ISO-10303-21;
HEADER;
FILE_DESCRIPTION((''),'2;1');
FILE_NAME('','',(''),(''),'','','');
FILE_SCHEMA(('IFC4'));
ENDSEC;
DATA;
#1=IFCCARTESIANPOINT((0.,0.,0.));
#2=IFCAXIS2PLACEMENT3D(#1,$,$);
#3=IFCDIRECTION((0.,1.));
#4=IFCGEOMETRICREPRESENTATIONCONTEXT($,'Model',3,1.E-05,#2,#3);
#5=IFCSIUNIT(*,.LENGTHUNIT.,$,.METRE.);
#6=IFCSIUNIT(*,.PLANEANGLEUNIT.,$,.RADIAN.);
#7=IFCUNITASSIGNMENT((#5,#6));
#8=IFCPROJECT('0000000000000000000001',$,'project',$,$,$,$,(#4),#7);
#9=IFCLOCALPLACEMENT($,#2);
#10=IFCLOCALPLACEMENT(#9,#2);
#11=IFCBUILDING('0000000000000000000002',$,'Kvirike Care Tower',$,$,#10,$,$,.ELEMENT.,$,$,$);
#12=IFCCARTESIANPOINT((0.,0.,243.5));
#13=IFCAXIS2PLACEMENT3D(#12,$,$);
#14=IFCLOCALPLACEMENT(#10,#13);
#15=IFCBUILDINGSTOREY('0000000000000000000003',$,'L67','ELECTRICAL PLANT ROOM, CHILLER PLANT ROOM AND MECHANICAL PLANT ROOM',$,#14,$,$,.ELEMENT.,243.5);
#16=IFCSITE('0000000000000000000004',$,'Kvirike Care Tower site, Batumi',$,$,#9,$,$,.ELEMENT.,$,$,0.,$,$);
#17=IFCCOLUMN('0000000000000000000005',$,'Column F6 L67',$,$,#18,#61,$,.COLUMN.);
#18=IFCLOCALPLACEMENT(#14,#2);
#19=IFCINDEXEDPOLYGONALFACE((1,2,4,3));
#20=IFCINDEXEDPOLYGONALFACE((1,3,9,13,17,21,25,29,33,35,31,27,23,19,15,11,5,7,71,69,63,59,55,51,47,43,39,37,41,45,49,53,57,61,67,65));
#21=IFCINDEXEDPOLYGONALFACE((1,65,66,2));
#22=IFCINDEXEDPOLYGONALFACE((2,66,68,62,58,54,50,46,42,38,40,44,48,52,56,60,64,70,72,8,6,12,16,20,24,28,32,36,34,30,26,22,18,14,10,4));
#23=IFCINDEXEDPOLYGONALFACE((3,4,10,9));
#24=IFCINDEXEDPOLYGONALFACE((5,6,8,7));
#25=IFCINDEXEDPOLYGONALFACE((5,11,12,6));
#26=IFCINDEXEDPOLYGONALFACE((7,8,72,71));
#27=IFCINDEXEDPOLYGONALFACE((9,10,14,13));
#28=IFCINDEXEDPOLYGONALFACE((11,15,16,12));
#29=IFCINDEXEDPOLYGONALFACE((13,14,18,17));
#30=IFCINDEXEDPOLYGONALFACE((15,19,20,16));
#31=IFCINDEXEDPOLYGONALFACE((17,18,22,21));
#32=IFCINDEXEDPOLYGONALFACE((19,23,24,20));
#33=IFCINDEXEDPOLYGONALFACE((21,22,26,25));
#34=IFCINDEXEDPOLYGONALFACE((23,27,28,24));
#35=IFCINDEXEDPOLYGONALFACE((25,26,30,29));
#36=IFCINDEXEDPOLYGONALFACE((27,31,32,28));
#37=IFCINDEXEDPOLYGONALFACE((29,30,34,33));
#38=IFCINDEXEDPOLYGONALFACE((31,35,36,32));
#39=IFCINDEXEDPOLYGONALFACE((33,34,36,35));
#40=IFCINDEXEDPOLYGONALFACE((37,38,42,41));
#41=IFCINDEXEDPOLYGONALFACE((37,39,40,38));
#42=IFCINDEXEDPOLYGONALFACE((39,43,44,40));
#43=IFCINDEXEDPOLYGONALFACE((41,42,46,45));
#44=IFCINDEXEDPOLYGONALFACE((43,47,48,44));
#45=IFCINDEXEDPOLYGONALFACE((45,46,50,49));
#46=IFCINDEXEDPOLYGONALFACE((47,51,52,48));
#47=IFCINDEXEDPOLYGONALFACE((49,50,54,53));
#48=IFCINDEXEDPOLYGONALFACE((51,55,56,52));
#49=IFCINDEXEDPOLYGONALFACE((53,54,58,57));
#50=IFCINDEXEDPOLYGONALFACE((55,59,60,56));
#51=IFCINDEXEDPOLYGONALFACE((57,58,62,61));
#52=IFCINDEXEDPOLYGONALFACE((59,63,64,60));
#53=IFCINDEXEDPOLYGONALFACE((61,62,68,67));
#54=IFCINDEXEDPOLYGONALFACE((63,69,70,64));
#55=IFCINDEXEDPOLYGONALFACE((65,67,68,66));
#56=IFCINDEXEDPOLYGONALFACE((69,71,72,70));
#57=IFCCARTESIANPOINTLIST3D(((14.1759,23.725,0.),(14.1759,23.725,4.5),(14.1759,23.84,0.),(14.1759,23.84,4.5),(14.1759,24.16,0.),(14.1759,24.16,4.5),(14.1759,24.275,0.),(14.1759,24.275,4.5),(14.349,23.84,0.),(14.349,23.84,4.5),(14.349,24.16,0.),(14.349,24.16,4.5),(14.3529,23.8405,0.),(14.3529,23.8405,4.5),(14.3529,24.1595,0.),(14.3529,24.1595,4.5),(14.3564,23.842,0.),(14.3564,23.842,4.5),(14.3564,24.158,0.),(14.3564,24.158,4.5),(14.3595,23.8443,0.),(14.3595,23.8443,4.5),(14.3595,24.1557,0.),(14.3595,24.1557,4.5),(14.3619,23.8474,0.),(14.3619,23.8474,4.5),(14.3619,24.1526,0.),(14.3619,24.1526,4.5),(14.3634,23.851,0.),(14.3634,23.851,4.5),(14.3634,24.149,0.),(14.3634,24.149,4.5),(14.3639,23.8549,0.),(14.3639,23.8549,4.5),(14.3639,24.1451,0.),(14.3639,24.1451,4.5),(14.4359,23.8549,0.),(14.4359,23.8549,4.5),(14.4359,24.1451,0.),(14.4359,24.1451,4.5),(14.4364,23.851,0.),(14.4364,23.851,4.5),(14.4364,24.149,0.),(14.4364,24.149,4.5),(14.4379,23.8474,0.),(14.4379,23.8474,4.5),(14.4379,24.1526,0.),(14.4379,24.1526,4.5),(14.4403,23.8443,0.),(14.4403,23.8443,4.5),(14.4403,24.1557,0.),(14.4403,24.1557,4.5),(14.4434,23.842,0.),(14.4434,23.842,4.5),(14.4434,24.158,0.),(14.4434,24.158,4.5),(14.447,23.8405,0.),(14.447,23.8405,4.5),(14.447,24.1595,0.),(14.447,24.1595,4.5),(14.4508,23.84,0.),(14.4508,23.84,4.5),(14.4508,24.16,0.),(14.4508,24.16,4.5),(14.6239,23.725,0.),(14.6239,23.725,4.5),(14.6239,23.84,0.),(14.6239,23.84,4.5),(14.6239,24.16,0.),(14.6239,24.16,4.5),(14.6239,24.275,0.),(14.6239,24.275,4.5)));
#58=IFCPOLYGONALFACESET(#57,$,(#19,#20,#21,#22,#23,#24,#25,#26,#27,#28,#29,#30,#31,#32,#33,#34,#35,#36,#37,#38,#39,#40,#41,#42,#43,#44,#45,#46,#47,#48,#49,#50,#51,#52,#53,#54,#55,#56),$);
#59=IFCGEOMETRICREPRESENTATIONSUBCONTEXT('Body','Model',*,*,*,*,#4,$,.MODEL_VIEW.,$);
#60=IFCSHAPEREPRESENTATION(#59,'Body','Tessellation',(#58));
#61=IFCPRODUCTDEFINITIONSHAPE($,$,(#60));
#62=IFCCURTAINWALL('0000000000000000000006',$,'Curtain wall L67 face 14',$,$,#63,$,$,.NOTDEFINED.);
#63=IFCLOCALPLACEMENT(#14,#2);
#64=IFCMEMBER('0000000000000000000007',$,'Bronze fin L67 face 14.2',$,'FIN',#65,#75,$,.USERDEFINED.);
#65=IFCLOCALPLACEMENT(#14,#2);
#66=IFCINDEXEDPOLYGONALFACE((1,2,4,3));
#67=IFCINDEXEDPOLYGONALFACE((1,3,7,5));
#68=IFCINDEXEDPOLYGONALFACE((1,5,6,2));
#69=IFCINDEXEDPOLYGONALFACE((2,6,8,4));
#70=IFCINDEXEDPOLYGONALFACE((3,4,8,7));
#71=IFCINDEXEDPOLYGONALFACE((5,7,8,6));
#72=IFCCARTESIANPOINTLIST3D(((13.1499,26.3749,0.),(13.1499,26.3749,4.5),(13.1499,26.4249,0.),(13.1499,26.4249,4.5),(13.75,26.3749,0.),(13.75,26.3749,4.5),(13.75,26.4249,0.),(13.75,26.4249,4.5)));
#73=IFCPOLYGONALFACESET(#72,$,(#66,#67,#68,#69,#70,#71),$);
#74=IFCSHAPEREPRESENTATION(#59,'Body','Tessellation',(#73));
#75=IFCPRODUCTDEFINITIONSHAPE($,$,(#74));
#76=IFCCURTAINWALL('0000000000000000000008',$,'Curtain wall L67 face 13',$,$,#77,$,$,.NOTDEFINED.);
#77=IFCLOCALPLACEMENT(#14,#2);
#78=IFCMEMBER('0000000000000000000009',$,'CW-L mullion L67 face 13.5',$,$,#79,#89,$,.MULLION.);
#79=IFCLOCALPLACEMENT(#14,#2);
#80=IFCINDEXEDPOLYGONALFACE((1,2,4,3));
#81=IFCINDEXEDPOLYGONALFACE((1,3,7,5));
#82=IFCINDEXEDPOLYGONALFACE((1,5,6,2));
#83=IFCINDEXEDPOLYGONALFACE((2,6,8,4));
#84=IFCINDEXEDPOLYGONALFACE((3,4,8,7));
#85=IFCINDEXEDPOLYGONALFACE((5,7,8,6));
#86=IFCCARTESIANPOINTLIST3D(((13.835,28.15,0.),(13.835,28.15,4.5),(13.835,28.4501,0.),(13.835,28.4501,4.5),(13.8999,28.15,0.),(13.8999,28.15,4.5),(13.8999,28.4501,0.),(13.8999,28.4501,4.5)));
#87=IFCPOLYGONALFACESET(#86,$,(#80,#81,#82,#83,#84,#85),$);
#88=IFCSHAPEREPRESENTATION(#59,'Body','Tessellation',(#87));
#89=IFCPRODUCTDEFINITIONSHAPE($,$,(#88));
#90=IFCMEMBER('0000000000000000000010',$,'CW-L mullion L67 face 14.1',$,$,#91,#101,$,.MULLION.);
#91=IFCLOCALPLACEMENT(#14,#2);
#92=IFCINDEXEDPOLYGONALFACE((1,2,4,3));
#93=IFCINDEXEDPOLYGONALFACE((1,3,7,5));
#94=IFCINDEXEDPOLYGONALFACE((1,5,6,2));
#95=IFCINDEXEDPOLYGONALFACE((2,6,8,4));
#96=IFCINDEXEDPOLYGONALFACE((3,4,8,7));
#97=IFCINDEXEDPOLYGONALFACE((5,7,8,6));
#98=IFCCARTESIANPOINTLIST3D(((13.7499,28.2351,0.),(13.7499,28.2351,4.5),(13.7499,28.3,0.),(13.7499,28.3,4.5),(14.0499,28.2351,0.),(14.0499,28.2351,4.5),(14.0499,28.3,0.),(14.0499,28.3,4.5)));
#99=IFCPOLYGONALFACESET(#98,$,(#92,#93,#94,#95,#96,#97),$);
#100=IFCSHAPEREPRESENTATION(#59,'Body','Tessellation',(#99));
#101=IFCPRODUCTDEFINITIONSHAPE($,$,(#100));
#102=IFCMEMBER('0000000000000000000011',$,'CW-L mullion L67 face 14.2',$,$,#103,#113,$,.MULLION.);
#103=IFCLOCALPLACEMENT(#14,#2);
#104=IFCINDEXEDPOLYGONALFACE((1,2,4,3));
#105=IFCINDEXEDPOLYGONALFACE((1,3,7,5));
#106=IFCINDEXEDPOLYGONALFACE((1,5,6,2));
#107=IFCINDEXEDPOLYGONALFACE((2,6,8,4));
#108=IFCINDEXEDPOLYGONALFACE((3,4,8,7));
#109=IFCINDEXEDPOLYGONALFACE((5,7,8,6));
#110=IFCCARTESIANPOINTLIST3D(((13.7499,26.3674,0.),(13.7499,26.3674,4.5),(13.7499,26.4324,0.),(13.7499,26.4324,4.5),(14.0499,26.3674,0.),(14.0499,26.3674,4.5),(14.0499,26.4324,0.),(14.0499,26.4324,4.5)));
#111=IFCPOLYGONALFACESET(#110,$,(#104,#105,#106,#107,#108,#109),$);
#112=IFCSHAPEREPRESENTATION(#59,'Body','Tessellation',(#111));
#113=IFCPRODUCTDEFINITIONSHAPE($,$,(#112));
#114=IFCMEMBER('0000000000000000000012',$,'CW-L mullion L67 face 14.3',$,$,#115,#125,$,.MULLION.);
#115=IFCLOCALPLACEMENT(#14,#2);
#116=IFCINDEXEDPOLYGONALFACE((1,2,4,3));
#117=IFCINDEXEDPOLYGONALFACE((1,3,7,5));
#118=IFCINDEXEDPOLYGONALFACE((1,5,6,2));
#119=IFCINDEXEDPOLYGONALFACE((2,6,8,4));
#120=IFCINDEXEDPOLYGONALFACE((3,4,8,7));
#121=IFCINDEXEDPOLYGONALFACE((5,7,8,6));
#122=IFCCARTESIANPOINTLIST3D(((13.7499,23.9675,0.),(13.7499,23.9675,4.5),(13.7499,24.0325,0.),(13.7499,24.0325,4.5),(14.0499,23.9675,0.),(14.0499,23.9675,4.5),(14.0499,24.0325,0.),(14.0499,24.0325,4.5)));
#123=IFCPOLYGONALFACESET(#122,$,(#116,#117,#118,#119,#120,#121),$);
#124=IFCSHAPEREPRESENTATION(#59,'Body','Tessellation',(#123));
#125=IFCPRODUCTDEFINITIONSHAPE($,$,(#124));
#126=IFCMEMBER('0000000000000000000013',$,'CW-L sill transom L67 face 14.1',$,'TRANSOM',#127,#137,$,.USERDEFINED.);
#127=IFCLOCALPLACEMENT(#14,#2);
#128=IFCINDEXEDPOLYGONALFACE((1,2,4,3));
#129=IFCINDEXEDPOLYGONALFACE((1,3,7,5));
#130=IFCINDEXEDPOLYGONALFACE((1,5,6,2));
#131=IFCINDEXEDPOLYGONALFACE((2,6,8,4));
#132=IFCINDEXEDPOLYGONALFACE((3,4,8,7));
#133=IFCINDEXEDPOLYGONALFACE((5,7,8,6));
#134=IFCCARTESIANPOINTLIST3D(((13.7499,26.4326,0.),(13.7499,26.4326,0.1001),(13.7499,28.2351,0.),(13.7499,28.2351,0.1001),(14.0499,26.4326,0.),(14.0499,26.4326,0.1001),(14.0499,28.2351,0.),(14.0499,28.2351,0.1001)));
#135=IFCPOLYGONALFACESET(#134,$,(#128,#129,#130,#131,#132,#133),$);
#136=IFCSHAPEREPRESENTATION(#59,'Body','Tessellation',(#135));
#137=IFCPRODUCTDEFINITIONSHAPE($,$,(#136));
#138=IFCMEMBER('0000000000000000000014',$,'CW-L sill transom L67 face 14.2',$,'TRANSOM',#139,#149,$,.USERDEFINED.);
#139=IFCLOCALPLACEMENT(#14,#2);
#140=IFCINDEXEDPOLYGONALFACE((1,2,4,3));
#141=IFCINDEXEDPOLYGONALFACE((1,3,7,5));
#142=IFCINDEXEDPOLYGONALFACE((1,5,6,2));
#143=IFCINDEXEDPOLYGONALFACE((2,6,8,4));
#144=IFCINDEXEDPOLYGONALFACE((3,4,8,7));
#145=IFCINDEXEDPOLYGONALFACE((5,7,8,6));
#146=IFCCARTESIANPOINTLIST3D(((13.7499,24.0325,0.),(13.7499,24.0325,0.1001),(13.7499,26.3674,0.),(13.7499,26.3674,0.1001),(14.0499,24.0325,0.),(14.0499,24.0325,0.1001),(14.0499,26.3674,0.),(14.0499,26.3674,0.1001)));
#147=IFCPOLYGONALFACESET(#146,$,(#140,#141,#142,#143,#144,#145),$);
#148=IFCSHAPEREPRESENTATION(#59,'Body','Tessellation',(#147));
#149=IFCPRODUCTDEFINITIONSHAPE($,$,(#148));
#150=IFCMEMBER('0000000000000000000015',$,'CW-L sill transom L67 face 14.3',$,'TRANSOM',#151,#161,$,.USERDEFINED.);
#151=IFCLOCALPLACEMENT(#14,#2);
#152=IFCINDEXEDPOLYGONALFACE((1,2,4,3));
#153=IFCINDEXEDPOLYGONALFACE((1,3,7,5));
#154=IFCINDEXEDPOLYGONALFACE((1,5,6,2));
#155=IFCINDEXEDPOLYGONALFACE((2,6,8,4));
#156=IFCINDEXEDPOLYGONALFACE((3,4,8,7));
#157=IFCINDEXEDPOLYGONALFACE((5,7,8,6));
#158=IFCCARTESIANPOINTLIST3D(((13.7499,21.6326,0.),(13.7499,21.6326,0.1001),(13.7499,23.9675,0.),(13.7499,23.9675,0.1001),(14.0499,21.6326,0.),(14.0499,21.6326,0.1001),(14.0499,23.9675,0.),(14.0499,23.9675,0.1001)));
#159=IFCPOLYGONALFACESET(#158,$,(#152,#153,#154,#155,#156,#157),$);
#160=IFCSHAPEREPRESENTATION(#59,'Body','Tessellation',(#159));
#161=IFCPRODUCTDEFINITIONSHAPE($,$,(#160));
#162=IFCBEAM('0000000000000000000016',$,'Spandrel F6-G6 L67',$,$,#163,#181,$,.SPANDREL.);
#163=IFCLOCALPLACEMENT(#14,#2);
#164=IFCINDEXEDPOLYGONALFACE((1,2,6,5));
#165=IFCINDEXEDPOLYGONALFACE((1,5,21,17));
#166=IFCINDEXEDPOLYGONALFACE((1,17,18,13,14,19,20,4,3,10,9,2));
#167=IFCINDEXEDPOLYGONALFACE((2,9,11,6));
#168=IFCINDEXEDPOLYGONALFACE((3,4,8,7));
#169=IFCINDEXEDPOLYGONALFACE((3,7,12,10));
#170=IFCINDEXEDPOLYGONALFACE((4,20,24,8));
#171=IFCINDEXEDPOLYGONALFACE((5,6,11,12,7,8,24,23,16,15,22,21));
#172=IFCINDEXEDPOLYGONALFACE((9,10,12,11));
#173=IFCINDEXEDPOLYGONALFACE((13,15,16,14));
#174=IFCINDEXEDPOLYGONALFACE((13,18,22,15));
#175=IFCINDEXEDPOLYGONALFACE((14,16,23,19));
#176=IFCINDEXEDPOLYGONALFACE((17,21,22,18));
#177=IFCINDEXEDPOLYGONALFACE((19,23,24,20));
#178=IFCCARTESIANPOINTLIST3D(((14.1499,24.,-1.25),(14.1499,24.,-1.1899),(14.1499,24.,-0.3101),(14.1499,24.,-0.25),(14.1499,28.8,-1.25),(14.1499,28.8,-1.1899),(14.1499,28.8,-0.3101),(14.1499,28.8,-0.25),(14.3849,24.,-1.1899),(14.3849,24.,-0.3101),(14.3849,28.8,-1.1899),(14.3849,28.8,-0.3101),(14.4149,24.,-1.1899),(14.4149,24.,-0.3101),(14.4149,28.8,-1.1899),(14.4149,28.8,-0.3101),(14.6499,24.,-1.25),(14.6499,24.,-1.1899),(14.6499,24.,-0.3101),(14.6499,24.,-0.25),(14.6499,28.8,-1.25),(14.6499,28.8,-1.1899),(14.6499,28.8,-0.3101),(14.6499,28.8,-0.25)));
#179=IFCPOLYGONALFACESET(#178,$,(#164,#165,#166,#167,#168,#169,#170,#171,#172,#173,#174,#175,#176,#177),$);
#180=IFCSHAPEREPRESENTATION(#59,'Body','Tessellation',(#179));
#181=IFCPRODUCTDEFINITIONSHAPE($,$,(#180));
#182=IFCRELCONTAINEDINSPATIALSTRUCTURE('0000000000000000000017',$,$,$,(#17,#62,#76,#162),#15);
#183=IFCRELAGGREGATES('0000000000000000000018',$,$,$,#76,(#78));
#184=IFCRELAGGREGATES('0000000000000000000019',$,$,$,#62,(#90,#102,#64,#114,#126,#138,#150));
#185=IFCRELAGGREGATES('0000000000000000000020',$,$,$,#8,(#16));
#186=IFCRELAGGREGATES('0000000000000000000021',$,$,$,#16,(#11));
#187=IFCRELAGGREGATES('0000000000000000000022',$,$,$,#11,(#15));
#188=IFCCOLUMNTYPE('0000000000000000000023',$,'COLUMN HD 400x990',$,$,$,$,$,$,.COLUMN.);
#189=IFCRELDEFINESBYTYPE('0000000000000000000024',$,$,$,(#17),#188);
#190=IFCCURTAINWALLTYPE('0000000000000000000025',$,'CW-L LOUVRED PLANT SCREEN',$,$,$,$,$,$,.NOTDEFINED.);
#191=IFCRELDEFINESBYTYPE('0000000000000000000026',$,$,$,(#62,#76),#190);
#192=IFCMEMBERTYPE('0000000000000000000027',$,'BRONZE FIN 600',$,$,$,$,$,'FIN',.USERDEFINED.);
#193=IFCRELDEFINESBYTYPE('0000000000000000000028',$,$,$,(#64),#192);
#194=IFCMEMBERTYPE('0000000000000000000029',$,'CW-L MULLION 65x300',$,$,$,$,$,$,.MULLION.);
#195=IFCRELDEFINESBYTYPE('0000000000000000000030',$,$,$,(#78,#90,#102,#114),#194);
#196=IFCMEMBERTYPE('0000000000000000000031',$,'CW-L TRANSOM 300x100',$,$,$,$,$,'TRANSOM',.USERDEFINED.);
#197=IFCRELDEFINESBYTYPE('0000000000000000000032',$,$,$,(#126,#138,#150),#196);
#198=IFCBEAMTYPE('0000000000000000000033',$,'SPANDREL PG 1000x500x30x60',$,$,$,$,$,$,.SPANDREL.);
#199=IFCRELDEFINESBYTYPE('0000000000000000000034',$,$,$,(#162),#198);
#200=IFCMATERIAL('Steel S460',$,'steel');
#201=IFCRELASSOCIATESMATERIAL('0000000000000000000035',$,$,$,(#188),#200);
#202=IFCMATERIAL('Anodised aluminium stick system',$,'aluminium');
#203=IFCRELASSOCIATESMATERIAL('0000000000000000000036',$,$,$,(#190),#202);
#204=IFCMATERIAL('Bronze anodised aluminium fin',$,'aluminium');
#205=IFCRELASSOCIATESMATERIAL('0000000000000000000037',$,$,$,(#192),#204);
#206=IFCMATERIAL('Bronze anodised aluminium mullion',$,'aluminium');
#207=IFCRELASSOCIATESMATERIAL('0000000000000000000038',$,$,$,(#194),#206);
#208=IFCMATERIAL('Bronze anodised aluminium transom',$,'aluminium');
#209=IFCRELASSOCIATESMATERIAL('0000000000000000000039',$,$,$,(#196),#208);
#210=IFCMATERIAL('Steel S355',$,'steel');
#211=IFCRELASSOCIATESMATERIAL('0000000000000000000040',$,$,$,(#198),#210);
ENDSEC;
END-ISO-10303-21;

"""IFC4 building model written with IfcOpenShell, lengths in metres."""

from ifc_helpers import new_model, si_unit, direction, frame, origin, origin_2d, place, context, subcontext, project, spatial, rectangle, i_section, extrude, material, material_profile, profile_set, type_object, element, aggregate, save


model = new_model("IFC4")

# Units and contexts
model_context = context("Model", 3, precision=1e-05, world=origin(), true_north=direction((0.0, 1.0)))
body_context = subcontext(model_context, "Body", "Model", "MODEL_VIEW")
ifc_project = project(units=[si_unit("LENGTHUNIT", "METRE"), si_unit("PLANEANGLEUNIT", "RADIAN")], contexts=[model_context])

# Site, building, storey
site_placement = place(None, origin())
site = spatial("IfcSite", under=ifc_project, at=site_placement, Name="Kvirike Care Tower site, Batumi", CompositionType="ELEMENT", RefElevation=0.0)
building_placement = place(site_placement, origin())
building = spatial("IfcBuilding", under=site, at=building_placement, Name="Kvirike Care Tower", CompositionType="ELEMENT")
storey_placement = place(building_placement, frame((0.0, 0.0, 243.5)))
storey = spatial("IfcBuildingStorey", under=building, at=storey_placement, Name="L67", Description="ELECTRICAL PLANT ROOM, CHILLER PLANT ROOM AND MECHANICAL PLANT ROOM", CompositionType="ELEMENT", Elevation=243.5)

# Column
ifc_material_1 = material(Name="Steel S460", Category="steel")
ifc_material_profile_1 = material_profile(ifc_material_1, i_section(OverallWidth=0.448, OverallDepth=0.55, WebThickness=0.072, FlangeThickness=0.115, FilletRadius=0.0149, at=origin_2d()), Name="HD 400x990")
ifc_profile_set_1 = profile_set([ifc_material_profile_1], Name="Steel S460")
column_type = type_object("IfcColumnType", Name="COLUMN HD 400x990", PredefinedType="COLUMN", material=ifc_profile_set_1)
column_placement = place(storey_placement, frame((14.3999, 24.0, 0.0), z_axis=(0.0, 0.0, 1.0), x_axis=(1.0, 0.0, 0.0)))
element("IfcColumn", 1, at=column_placement, inside=storey, type_object=column_type, Name="Column F6 L67", PredefinedType="COLUMN", context=body_context, shape_type="SweptSolid", body=[
    extrude(i_section(OverallWidth=0.448, OverallDepth=0.55, WebThickness=0.072, FlangeThickness=0.115, FilletRadius=0.0149, at=origin_2d()), origin(), (0.0, 0.0, 1.0), 4.5),
])

# Curtain walls, members
ifc_material_2 = material(Name="Anodised aluminium stick system", Category="aluminium")
curtain_wall_type = type_object("IfcCurtainWallType", Name="CW-L LOUVRED PLANT SCREEN", PredefinedType="NOTDEFINED", material=ifc_material_2)
curtain_wall_1_placement = place(storey_placement, origin())
curtain_wall_1 = element("IfcCurtainWall", 2, at=curtain_wall_1_placement, inside=storey, type_object=curtain_wall_type, Name="Curtain wall L67 face 14", PredefinedType="NOTDEFINED")
ifc_material_3 = material(Name="Bronze anodised aluminium fin", Category="aluminium")
ifc_material_profile_2 = material_profile(ifc_material_3, rectangle(XDim=0.05, YDim=0.6001, at=origin_2d()), Name="BRONZE FIN 600")
ifc_profile_set_2 = profile_set([ifc_material_profile_2], Name="Bronze anodised aluminium fin")
member_type_1 = type_object("IfcMemberType", Name="BRONZE FIN 600", ElementType="FIN", PredefinedType="USERDEFINED", material=ifc_profile_set_2)
member_1_placement = place(storey_placement, frame((13.45, 26.3999, 0.0), z_axis=(0.0, 0.0, 1.0), x_axis=(0.0, -1.0, 0.0)))
member_1 = element("IfcMember", 3, at=member_1_placement, type_object=member_type_1, Name="Bronze fin L67 face 14.2", ObjectType="FIN", PredefinedType="USERDEFINED", context=body_context, shape_type="SweptSolid", body=[
    extrude(rectangle(XDim=0.05, YDim=0.6001, at=origin_2d()), origin(), (0.0, 0.0, 1.0), 4.5),
])
curtain_wall_2_placement = place(storey_placement, origin())
curtain_wall_2 = element("IfcCurtainWall", 4, at=curtain_wall_2_placement, inside=storey, type_object=curtain_wall_type, Name="Curtain wall L67 face 13", PredefinedType="NOTDEFINED")
ifc_material_4 = material(Name="Bronze anodised aluminium mullion", Category="aluminium")
ifc_material_profile_3 = material_profile(ifc_material_4, rectangle(XDim=0.0649, YDim=0.3, at=origin_2d()), Name="CW-L MULLION 65x300")
ifc_profile_set_3 = profile_set([ifc_material_profile_3], Name="Bronze anodised aluminium mullion")
member_type_2 = type_object("IfcMemberType", Name="CW-L MULLION 65x300", PredefinedType="MULLION", material=ifc_profile_set_3)
member_2_placement = place(storey_placement, frame((13.8674, 28.3, 0.0), z_axis=(0.0, 0.0, 1.0), x_axis=(1.0, 0.0, 0.0)))
member_2 = element("IfcMember", 5, at=member_2_placement, type_object=member_type_2, Name="CW-L mullion L67 face 13.5", PredefinedType="MULLION", context=body_context, shape_type="SweptSolid", body=[
    extrude(rectangle(XDim=0.0649, YDim=0.3, at=origin_2d()), origin(), (0.0, 0.0, 1.0), 4.5),
])
aggregate(curtain_wall_2, [member_2])

# Members
member_3_placement = place(storey_placement, frame((13.8999, 28.2676, 0.0), z_axis=(0.0, 0.0, 1.0), x_axis=(0.0, -1.0, 0.0)))
member_3 = element("IfcMember", 6, at=member_3_placement, type_object=member_type_2, Name="CW-L mullion L67 face 14.1", PredefinedType="MULLION", context=body_context, shape_type="SweptSolid", body=[
    extrude(rectangle(XDim=0.0649, YDim=0.3, at=origin_2d()), origin(), (0.0, 0.0, 1.0), 4.5),
])
member_4_placement = place(storey_placement, frame((13.8999, 26.3999, 0.0), z_axis=(0.0, 0.0, 1.0), x_axis=(0.0, -1.0, 0.0)))
member_4 = element("IfcMember", 7, at=member_4_placement, type_object=member_type_2, Name="CW-L mullion L67 face 14.2", PredefinedType="MULLION", context=body_context, shape_type="SweptSolid", body=[
    extrude(rectangle(XDim=0.0649, YDim=0.3, at=origin_2d()), origin(), (0.0, 0.0, 1.0), 4.5),
])
member_5_placement = place(storey_placement, frame((13.8999, 24.0, 0.0), z_axis=(0.0, 0.0, 1.0), x_axis=(0.0, -1.0, 0.0)))
member_5 = element("IfcMember", 8, at=member_5_placement, type_object=member_type_2, Name="CW-L mullion L67 face 14.3", PredefinedType="MULLION", context=body_context, shape_type="SweptSolid", body=[
    extrude(rectangle(XDim=0.0649, YDim=0.3, at=origin_2d()), origin(), (0.0, 0.0, 1.0), 4.5),
])
ifc_material_5 = material(Name="Bronze anodised aluminium transom", Category="aluminium")
ifc_material_profile_4 = material_profile(ifc_material_5, rectangle(XDim=0.3, YDim=0.1001, at=origin_2d()), Name="CW-L TRANSOM 300x100")
ifc_profile_set_4 = profile_set([ifc_material_profile_4], Name="Bronze anodised aluminium transom")
member_type_3 = type_object("IfcMemberType", Name="CW-L TRANSOM 300x100", ElementType="TRANSOM", PredefinedType="USERDEFINED", material=ifc_profile_set_4)
member_6_placement = place(storey_placement, frame((13.8999, 28.2351, 0.05), z_axis=(0.0, -1.0, 0.0), x_axis=(1.0, 0.0, 0.0)))
member_6 = element("IfcMember", 9, at=member_6_placement, type_object=member_type_3, Name="CW-L sill transom L67 face 14.1", ObjectType="TRANSOM", PredefinedType="USERDEFINED", context=body_context, shape_type="SweptSolid", body=[
    extrude(rectangle(XDim=0.3, YDim=0.1001, at=origin_2d()), origin(), (0.0, 0.0, 1.0), 1.8025),
])
member_7_placement = place(storey_placement, frame((13.8999, 26.3674, 0.05), z_axis=(0.0, -1.0, 0.0), x_axis=(1.0, 0.0, 0.0)))
member_7 = element("IfcMember", 10, at=member_7_placement, type_object=member_type_3, Name="CW-L sill transom L67 face 14.2", ObjectType="TRANSOM", PredefinedType="USERDEFINED", context=body_context, shape_type="SweptSolid", body=[
    extrude(rectangle(XDim=0.3, YDim=0.1001, at=origin_2d()), origin(), (0.0, 0.0, 1.0), 2.335),
])
member_8_placement = place(storey_placement, frame((13.8999, 23.9675, 0.05), z_axis=(0.0, -1.0, 0.0), x_axis=(1.0, 0.0, 0.0)))
member_8 = element("IfcMember", 11, at=member_8_placement, type_object=member_type_3, Name="CW-L sill transom L67 face 14.3", ObjectType="TRANSOM", PredefinedType="USERDEFINED", context=body_context, shape_type="SweptSolid", body=[
    extrude(rectangle(XDim=0.3, YDim=0.1001, at=origin_2d()), origin(), (0.0, 0.0, 1.0), 2.335),
])

# Beam
ifc_material_6 = material(Name="Steel S355", Category="steel")
ifc_material_profile_5 = material_profile(ifc_material_6, i_section(OverallWidth=0.5, OverallDepth=1.0, WebThickness=0.03, FlangeThickness=0.0601, at=origin_2d()), Name="PG 1000x500x30x60")
ifc_profile_set_5 = profile_set([ifc_material_profile_5], Name="Steel S355")
beam_type_1 = type_object("IfcBeamType", Name="SPANDREL PG 1000x500x30x60", PredefinedType="SPANDREL", material=ifc_profile_set_5)
beam_placement = place(storey_placement, frame((14.3999, 24.0, -0.75), z_axis=(0.0, 1.0, 0.0), x_axis=(-1.0, 0.0, 0.0)))
element("IfcBeam", 12, at=beam_placement, inside=storey, type_object=beam_type_1, Name="Spandrel F6-G6 L67", PredefinedType="SPANDREL", context=body_context, shape_type="SweptSolid", body=[
    extrude(i_section(OverallWidth=0.5, OverallDepth=1.0, WebThickness=0.03, FlangeThickness=0.0601, at=origin_2d()), origin(), (0.0, 0.0, 1.0), 4.8),
])

aggregate(curtain_wall_1, [member_3, member_4, member_1, member_5, member_6, member_7, member_8])

save(model, "model.ifc")
